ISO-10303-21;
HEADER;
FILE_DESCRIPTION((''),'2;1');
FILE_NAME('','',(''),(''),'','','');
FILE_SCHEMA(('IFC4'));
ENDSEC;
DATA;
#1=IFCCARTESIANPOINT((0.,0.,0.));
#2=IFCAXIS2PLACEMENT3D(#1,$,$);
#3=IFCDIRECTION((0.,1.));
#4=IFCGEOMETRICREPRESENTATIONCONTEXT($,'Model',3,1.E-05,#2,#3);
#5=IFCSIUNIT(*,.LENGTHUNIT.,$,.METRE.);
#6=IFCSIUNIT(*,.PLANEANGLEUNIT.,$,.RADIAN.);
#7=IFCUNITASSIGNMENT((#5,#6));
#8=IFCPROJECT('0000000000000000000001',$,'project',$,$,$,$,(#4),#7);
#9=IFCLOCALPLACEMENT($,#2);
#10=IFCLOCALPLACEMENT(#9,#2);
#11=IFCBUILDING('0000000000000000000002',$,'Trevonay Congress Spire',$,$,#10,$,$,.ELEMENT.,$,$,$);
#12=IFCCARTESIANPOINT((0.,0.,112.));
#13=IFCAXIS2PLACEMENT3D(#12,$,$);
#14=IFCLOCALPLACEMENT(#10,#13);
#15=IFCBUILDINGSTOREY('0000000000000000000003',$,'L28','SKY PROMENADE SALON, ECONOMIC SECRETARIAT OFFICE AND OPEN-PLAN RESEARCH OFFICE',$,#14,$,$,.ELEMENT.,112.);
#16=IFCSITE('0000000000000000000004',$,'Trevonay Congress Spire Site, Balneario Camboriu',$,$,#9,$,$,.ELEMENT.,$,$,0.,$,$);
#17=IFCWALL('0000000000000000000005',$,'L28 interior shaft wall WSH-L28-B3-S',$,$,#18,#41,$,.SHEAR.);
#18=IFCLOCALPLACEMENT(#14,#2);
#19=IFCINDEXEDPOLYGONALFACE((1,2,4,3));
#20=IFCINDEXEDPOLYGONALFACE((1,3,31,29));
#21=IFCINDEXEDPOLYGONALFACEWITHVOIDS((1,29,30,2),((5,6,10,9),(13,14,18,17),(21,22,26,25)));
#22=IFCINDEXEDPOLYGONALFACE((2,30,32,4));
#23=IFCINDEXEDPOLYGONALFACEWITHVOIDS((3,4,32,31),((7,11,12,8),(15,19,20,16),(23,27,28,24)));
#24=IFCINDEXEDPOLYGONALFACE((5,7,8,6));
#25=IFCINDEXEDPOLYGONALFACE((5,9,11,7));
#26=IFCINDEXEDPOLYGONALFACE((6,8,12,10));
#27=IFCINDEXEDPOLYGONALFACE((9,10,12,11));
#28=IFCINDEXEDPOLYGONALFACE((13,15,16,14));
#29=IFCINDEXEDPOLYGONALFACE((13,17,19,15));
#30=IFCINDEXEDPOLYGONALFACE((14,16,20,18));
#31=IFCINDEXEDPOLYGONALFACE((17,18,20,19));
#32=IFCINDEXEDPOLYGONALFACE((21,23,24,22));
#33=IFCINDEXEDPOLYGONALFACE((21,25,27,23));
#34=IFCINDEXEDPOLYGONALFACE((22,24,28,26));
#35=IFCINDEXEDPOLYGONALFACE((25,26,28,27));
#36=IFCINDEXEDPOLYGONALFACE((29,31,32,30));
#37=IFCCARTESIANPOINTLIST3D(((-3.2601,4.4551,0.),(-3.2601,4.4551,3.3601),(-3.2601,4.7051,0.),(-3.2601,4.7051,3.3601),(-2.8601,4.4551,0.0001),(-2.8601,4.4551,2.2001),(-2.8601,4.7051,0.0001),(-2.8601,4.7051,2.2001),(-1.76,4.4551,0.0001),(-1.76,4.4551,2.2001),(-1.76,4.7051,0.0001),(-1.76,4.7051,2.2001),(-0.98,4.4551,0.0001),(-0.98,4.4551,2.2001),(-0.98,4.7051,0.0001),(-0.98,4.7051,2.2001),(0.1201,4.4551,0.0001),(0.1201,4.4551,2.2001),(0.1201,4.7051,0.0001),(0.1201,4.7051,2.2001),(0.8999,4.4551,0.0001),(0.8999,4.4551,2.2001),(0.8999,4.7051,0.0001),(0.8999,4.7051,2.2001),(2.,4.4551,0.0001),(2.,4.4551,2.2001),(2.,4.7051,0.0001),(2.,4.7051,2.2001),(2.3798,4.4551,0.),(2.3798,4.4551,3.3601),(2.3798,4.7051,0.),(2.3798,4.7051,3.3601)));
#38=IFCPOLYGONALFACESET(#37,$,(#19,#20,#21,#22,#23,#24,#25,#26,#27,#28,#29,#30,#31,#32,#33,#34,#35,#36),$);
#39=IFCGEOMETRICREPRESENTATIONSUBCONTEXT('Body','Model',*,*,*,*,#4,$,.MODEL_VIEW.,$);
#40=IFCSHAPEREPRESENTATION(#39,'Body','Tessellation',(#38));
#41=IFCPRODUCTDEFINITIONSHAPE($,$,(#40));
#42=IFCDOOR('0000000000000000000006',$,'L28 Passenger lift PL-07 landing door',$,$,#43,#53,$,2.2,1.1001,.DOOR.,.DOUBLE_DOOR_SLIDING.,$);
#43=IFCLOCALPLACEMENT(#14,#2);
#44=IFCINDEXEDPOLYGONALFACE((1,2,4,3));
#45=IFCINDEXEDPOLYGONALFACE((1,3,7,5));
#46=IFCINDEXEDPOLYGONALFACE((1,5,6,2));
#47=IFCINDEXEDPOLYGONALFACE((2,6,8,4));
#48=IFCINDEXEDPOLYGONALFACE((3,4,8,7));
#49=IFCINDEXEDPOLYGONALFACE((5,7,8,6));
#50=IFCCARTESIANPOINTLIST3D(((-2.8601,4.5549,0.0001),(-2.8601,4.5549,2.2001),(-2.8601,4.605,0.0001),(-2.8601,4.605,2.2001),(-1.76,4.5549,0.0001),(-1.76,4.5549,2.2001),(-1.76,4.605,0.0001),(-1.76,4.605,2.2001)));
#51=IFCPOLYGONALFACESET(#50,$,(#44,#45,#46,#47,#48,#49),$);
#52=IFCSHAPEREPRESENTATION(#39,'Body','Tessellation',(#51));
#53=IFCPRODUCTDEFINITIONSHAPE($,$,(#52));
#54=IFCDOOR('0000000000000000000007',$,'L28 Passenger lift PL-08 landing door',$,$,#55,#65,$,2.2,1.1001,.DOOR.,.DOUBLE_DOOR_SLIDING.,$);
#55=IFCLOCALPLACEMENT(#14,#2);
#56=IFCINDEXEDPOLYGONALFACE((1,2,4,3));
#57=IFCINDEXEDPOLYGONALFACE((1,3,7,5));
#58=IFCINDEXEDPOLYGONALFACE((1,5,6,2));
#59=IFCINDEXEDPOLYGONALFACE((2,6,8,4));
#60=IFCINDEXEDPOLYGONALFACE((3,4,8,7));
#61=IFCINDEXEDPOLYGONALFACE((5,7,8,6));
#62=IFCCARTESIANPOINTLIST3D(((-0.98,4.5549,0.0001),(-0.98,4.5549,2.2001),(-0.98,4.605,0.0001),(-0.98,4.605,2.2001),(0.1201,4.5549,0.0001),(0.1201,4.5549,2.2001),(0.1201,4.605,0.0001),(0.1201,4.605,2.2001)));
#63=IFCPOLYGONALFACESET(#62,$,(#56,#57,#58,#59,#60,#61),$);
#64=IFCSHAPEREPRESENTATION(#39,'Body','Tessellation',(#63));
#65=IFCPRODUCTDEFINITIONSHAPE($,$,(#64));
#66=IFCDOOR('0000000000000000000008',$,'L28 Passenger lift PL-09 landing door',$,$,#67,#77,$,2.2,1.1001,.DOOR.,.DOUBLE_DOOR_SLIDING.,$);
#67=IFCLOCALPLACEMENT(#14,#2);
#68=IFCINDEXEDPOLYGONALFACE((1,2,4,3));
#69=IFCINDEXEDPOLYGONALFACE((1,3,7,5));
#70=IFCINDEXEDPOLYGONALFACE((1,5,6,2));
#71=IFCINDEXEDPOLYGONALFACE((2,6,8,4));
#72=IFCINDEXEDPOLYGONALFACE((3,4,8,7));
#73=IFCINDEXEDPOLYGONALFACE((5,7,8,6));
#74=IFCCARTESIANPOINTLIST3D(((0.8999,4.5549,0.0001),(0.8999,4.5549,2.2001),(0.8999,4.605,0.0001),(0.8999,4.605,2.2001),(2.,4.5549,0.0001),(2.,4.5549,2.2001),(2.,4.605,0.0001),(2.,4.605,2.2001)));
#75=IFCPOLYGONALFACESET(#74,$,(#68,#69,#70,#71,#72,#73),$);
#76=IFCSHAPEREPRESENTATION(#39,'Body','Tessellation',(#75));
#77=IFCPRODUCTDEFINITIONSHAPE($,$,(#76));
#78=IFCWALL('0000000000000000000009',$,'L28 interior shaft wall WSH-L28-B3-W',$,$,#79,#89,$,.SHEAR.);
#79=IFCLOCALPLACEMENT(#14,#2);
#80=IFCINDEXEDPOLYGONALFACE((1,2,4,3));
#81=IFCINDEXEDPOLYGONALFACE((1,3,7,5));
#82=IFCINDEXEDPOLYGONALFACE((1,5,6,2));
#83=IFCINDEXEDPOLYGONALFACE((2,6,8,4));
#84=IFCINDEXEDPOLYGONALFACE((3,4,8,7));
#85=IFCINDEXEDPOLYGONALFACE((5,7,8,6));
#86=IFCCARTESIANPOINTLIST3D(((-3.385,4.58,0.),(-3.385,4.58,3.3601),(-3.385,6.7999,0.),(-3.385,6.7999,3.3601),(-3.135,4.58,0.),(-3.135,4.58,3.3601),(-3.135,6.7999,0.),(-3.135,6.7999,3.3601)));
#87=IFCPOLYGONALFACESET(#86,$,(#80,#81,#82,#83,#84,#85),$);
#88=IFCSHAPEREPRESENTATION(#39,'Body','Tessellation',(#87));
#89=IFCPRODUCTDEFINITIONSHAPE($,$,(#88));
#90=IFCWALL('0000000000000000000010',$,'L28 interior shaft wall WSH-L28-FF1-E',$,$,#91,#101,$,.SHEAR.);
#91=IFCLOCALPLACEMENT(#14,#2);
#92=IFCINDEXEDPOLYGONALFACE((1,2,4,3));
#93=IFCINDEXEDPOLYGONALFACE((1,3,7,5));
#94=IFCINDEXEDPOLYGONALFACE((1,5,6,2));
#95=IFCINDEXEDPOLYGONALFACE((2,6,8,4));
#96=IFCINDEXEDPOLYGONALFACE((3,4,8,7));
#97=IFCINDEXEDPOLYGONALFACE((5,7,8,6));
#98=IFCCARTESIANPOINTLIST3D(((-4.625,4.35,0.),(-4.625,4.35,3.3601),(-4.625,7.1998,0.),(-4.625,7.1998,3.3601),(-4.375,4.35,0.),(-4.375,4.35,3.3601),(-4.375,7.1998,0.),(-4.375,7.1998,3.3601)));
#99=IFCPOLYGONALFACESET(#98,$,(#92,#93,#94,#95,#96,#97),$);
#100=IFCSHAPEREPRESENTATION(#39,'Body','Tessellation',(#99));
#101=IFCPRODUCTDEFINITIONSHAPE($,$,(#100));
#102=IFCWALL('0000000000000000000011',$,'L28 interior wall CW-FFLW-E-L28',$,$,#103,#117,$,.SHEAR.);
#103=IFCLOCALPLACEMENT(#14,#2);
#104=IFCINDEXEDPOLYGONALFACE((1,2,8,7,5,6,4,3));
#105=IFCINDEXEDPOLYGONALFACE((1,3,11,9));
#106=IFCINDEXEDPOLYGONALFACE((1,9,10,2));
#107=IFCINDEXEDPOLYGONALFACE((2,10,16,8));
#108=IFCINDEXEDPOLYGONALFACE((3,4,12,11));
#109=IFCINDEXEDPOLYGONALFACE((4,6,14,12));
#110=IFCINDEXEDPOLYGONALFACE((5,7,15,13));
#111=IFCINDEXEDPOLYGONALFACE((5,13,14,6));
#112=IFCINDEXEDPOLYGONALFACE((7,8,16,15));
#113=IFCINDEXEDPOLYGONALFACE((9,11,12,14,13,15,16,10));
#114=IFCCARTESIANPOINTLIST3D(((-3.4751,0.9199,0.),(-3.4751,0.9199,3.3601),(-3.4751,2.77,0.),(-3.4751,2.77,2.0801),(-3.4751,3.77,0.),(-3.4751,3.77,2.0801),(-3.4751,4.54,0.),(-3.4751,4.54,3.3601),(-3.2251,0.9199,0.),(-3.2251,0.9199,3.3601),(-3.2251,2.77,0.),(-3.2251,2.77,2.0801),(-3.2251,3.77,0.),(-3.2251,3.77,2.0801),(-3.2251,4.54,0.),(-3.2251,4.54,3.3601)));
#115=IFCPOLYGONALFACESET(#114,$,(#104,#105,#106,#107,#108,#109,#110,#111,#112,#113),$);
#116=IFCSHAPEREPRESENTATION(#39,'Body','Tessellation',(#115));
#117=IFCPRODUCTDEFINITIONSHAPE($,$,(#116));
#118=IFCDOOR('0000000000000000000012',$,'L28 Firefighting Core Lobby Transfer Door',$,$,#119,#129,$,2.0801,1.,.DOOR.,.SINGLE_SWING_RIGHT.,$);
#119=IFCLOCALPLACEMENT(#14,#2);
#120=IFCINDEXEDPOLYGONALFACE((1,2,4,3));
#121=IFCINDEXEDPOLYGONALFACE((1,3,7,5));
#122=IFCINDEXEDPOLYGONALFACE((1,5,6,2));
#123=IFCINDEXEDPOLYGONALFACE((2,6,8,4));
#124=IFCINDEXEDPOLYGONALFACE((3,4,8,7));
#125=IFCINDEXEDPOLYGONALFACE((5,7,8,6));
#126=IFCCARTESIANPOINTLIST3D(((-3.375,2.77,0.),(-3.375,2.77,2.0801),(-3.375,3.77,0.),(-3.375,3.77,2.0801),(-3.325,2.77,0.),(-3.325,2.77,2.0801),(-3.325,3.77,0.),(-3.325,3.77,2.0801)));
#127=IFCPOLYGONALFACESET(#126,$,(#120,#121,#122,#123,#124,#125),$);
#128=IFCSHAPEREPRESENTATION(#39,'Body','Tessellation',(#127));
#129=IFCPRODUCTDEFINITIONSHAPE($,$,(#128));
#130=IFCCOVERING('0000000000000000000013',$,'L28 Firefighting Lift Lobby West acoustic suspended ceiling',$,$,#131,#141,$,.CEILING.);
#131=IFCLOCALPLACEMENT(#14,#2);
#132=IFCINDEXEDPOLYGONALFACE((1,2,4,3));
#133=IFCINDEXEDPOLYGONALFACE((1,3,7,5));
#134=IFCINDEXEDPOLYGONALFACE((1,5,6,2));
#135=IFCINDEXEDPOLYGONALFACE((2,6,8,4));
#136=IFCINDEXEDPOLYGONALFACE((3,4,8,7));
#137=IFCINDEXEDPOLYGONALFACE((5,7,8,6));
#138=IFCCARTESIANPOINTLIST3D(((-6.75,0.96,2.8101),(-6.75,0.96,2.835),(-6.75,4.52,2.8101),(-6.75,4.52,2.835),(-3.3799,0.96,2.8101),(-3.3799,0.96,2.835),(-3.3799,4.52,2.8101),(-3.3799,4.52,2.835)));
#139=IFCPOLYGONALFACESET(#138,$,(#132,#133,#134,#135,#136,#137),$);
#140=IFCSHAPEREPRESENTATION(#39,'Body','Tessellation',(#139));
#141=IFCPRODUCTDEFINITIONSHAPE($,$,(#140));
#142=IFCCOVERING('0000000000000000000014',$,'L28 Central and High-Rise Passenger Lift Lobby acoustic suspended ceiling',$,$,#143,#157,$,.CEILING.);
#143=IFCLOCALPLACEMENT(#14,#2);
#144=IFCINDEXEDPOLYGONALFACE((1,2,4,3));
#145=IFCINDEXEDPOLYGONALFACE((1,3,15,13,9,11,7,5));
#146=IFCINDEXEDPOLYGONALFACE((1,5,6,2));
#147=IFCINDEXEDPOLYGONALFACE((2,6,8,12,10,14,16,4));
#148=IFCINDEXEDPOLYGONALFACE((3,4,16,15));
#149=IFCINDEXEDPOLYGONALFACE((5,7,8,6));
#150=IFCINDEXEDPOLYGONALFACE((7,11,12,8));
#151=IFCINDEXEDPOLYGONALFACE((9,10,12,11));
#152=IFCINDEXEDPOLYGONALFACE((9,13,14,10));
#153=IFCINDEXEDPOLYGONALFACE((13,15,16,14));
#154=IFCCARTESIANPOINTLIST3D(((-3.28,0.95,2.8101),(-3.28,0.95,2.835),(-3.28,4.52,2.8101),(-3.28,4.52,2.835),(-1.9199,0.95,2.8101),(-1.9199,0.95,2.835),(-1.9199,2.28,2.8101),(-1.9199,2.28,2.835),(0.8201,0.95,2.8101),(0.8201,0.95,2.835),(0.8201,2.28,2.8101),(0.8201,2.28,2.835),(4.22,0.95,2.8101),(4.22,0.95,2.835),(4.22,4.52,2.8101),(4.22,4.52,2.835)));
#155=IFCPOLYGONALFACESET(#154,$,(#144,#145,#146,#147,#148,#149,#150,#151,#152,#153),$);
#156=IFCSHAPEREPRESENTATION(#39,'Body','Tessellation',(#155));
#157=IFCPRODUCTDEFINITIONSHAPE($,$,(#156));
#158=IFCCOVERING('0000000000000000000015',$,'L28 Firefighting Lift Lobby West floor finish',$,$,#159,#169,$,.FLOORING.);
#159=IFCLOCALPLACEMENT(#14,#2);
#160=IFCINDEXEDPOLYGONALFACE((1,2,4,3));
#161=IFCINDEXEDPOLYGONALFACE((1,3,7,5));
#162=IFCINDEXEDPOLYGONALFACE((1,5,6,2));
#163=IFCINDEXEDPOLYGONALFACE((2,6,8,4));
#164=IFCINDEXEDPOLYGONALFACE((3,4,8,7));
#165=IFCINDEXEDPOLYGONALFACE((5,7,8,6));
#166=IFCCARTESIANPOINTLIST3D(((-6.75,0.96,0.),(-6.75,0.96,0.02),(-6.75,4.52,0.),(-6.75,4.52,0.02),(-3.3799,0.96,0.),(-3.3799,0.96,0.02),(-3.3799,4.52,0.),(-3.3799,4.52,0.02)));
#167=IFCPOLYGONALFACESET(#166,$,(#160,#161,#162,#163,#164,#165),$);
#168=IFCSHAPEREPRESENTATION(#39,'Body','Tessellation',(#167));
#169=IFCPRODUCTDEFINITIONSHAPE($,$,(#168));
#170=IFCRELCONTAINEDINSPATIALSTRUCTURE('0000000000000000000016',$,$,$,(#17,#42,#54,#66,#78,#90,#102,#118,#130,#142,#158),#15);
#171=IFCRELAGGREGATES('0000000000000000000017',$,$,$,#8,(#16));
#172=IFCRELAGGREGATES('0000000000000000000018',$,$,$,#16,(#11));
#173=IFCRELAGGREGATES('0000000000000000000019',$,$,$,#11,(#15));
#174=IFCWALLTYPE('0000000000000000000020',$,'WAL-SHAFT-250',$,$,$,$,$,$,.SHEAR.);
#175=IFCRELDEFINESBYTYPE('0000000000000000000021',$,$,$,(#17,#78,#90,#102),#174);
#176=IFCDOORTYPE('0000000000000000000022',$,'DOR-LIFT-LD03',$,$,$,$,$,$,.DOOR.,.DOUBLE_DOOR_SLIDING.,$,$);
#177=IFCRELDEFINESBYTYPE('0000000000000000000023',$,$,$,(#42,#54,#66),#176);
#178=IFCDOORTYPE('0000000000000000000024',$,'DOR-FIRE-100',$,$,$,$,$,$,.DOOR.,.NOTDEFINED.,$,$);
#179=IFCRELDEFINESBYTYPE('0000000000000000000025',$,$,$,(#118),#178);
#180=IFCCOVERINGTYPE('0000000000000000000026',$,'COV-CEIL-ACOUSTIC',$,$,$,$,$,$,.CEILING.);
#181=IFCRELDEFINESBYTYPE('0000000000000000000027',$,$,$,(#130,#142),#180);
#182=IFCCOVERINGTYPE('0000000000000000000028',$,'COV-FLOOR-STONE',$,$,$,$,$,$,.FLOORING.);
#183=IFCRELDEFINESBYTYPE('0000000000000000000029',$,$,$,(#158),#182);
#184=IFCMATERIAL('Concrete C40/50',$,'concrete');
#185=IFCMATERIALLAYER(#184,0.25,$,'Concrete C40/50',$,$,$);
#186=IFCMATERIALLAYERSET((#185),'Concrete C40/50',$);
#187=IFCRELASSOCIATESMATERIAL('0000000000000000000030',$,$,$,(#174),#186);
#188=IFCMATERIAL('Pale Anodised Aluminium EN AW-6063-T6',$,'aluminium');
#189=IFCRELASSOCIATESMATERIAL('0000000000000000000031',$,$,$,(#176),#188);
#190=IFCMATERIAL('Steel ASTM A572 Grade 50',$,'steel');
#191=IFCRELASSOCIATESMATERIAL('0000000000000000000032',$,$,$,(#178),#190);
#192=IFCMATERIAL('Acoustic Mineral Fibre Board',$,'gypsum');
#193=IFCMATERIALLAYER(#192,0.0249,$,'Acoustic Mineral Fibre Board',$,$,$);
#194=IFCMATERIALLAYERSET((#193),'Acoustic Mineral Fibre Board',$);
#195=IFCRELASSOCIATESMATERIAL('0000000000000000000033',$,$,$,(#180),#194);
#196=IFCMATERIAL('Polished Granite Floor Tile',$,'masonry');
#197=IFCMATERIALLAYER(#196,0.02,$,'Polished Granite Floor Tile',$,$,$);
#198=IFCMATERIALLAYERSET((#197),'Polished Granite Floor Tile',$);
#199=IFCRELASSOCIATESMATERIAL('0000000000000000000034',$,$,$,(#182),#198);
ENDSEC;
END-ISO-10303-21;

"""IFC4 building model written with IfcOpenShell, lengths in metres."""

from ifc_helpers import new_model, si_unit, direction, frame, frame_2d, origin, place, context, subcontext, project, spatial, polyline, rectangle, outline, extrude, material, layer, layer_set, type_object, element, fill, save


model = new_model("IFC4")

# Units and contexts
model_context = context("Model", 3, precision=1e-05, world=origin(), true_north=direction((0.0, 1.0)))
body_context = subcontext(model_context, "Body", "Model", "MODEL_VIEW")
ifc_project = project(units=[si_unit("LENGTHUNIT", "METRE"), si_unit("PLANEANGLEUNIT", "RADIAN")], contexts=[model_context])

# Site, building, storey
site_placement = place(None, origin())
site = spatial("IfcSite", under=ifc_project, at=site_placement, Name="Trevonay Congress Spire Site, Balneario Camboriu", CompositionType="ELEMENT", RefElevation=0.0)
building_placement = place(site_placement, origin())
building = spatial("IfcBuilding", under=site, at=building_placement, Name="Trevonay Congress Spire", CompositionType="ELEMENT")
storey_placement = place(building_placement, frame((0.0, 0.0, 112.0)))
storey = spatial("IfcBuildingStorey", under=building, at=storey_placement, Name="L28", Description="SKY PROMENADE SALON, ECONOMIC SECRETARIAT OFFICE AND OPEN-PLAN RESEARCH OFFICE", CompositionType="ELEMENT", Elevation=112.0)

# Shared definitions
ifc_material_1 = material(Name="Concrete C40/50", Category="concrete")

# Wall, openings, doors
ifc_layer_1 = layer(ifc_material_1, 0.25, Name="Concrete C40/50")
ifc_layer_set_1 = layer_set([ifc_layer_1], Name="Concrete C40/50")
wall_type_1 = type_object("IfcWallType", Name="WAL-SHAFT-250", PredefinedType="SHEAR", material=ifc_layer_set_1)
ifc_material_2 = material(Name="Pale Anodised Aluminium EN AW-6063-T6", Category="aluminium")
wall_1_placement = place(storey_placement, frame((-3.26, 4.5801, 0.0), z_axis=(0.0, 0.0, 1.0), x_axis=(1.0, 0.0, 0.0)))
wall_1 = element("IfcWall", 1, at=wall_1_placement, inside=storey, type_object=wall_type_1, Name="L28 interior shaft wall WSH-L28-B3-S", PredefinedType="SHEAR", context=body_context, shape_type="SweptSolid", body=[
    extrude(rectangle(XDim=5.6399, YDim=0.25, at=frame_2d((2.8198, 0.0))), origin(), (0.0, 0.0, 1.0), 3.3601),
])
opening_1_placement = place(wall_1_placement, frame((0.3999, 0.0, 0.0)))
opening_1 = element("IfcOpeningElement", 2, at=opening_1_placement, cuts=wall_1, PredefinedType="OPENING", context=body_context, shape_type="SweptSolid", body=[
    extrude(rectangle(XDim=1.1001, YDim=2.2, at=frame_2d((0.55, 1.1001))), frame((0.0, 0.135, 0.0), z_axis=(0.0, -1.0, 0.0), x_axis=(1.0, 0.0, 0.0)), (0.0, 0.0, 1.0), 0.27),
])
opening_2_placement = place(wall_1_placement, frame((2.28, 0.0, 0.0)))
opening_2 = element("IfcOpeningElement", 3, at=opening_2_placement, cuts=wall_1, PredefinedType="OPENING", context=body_context, shape_type="SweptSolid", body=[
    extrude(rectangle(XDim=1.1001, YDim=2.2, at=frame_2d((0.55, 1.1001))), frame((0.0, 0.135, 0.0), z_axis=(0.0, -1.0, 0.0), x_axis=(1.0, 0.0, 0.0)), (0.0, 0.0, 1.0), 0.27),
])
opening_3_placement = place(wall_1_placement, frame((4.1599, 0.0, 0.0)))
opening_3 = element("IfcOpeningElement", 4, at=opening_3_placement, cuts=wall_1, PredefinedType="OPENING", context=body_context, shape_type="SweptSolid", body=[
    extrude(rectangle(XDim=1.1001, YDim=2.2, at=frame_2d((0.55, 1.1001))), frame((0.0, 0.135, 0.0), z_axis=(0.0, -1.0, 0.0), x_axis=(1.0, 0.0, 0.0)), (0.0, 0.0, 1.0), 0.27),
])
door_type_1 = type_object("IfcDoorType", Name="DOR-LIFT-LD03", OperationType="DOUBLE_DOOR_SLIDING", PredefinedType="DOOR", material=ifc_material_2)
door_1_placement = place(opening_1_placement, origin())
door_1 = element("IfcDoor", 5, at=door_1_placement, inside=storey, type_object=door_type_1, Name="L28 Passenger lift PL-07 landing door", OperationType="DOUBLE_DOOR_SLIDING", OverallHeight=2.2, OverallWidth=1.1001, PredefinedType="DOOR", context=body_context, shape_type="SweptSolid", body=[
    extrude(rectangle(XDim=1.1001, YDim=2.2, at=frame_2d((0.55, 1.1001))), frame((0.0, 0.0249, 0.0), z_axis=(0.0, -1.0, 0.0), x_axis=(1.0, 0.0, 0.0)), (0.0, 0.0, 1.0), 0.05),
])
fill(opening_1, door_1)
door_2_placement = place(opening_2_placement, origin())
door_2 = element("IfcDoor", 6, at=door_2_placement, inside=storey, type_object=door_type_1, Name="L28 Passenger lift PL-08 landing door", OperationType="DOUBLE_DOOR_SLIDING", OverallHeight=2.2, OverallWidth=1.1001, PredefinedType="DOOR", context=body_context, shape_type="SweptSolid", body=[
    extrude(rectangle(XDim=1.1001, YDim=2.2, at=frame_2d((0.55, 1.1001))), frame((0.0, 0.0249, 0.0), z_axis=(0.0, -1.0, 0.0), x_axis=(1.0, 0.0, 0.0)), (0.0, 0.0, 1.0), 0.05),
])
fill(opening_2, door_2)
door_3_placement = place(opening_3_placement, origin())
door_3 = element("IfcDoor", 7, at=door_3_placement, inside=storey, type_object=door_type_1, Name="L28 Passenger lift PL-09 landing door", OperationType="DOUBLE_DOOR_SLIDING", OverallHeight=2.2, OverallWidth=1.1001, PredefinedType="DOOR", context=body_context, shape_type="SweptSolid", body=[
    extrude(rectangle(XDim=1.1001, YDim=2.2, at=frame_2d((0.55, 1.1001))), frame((0.0, 0.0249, 0.0), z_axis=(0.0, -1.0, 0.0), x_axis=(1.0, 0.0, 0.0)), (0.0, 0.0, 1.0), 0.05),
])
fill(opening_3, door_3)

# Walls
wall_2_placement = place(storey_placement, frame((-3.26, 4.5801, 0.0), z_axis=(0.0, 0.0, 1.0), x_axis=(0.0, 1.0, 0.0)))
element("IfcWall", 8, at=wall_2_placement, inside=storey, type_object=wall_type_1, Name="L28 interior shaft wall WSH-L28-B3-W", PredefinedType="SHEAR", context=body_context, shape_type="SweptSolid", body=[
    extrude(rectangle(XDim=2.22, YDim=0.25, at=frame_2d((1.1099, 0.0))), origin(), (0.0, 0.0, 1.0), 3.3601),
])
wall_3_placement = place(storey_placement, frame((-4.5, 4.3501, 0.0), z_axis=(0.0, 0.0, 1.0), x_axis=(0.0, 1.0, 0.0)))
element("IfcWall", 9, at=wall_3_placement, inside=storey, type_object=wall_type_1, Name="L28 interior shaft wall WSH-L28-FF1-E", PredefinedType="SHEAR", context=body_context, shape_type="SweptSolid", body=[
    extrude(rectangle(XDim=2.8499, YDim=0.25, at=frame_2d((1.4248, 0.0))), origin(), (0.0, 0.0, 1.0), 3.3601),
])

# Wall, opening, door
wall_4_placement = place(storey_placement, frame((-3.3501, 0.9199, 0.0), z_axis=(0.0, 0.0, 1.0), x_axis=(0.0, 1.0, 0.0)))
wall_4 = element("IfcWall", 10, at=wall_4_placement, inside=storey, type_object=wall_type_1, Name="L28 interior wall CW-FFLW-E-L28", PredefinedType="SHEAR", context=body_context, shape_type="SweptSolid", body=[
    extrude(rectangle(XDim=3.6201, YDim=0.25, at=frame_2d((1.8101, 0.0))), origin(), (0.0, 0.0, 1.0), 3.3601),
])
opening_4_placement = place(wall_4_placement, frame((1.8501, 0.0, 0.0)))
opening_4 = element("IfcOpeningElement", 11, at=opening_4_placement, cuts=wall_4, PredefinedType="OPENING", context=body_context, shape_type="SweptSolid", body=[
    extrude(rectangle(XDim=1.0, YDim=2.0801, at=frame_2d((0.5, 1.04))), frame((0.0, 0.135, 0.0), z_axis=(0.0, -1.0, 0.0), x_axis=(1.0, 0.0, 0.0)), (0.0, 0.0, 1.0), 0.27),
])
ifc_material_3 = material(Name="Steel ASTM A572 Grade 50", Category="steel")
door_type_2 = type_object("IfcDoorType", Name="DOR-FIRE-100", OperationType="NOTDEFINED", PredefinedType="DOOR", material=ifc_material_3)
door_4_placement = place(opening_4_placement, origin())
door_4 = element("IfcDoor", 12, at=door_4_placement, inside=storey, type_object=door_type_2, Name="L28 Firefighting Core Lobby Transfer Door", OperationType="SINGLE_SWING_RIGHT", OverallHeight=2.0801, OverallWidth=1.0, PredefinedType="DOOR", context=body_context, shape_type="SweptSolid", body=[
    extrude(rectangle(XDim=1.0, YDim=2.0801, at=frame_2d((0.5, 1.04))), frame((0.0, 0.0249, 0.0), z_axis=(0.0, -1.0, 0.0), x_axis=(1.0, 0.0, 0.0)), (0.0, 0.0, 1.0), 0.05),
])
fill(opening_4, door_4)

# Coverings
ifc_material_4 = material(Name="Acoustic Mineral Fibre Board", Category="gypsum")
ifc_layer_2 = layer(ifc_material_4, 0.0249, Name="Acoustic Mineral Fibre Board")
ifc_layer_set_2 = layer_set([ifc_layer_2], Name="Acoustic Mineral Fibre Board")
covering_type_1 = type_object("IfcCoveringType", Name="COV-CEIL-ACOUSTIC", PredefinedType="CEILING", material=ifc_layer_set_2)
covering_1_placement = place(storey_placement, frame((0.0, 0.0, 2.8101)))
element("IfcCovering", 13, at=covering_1_placement, inside=storey, type_object=covering_type_1, Name="L28 Firefighting Lift Lobby West acoustic suspended ceiling", PredefinedType="CEILING", context=body_context, shape_type="SweptSolid", body=[
    extrude(outline(polyline([(-6.75, 0.96), (-3.3799, 0.96), (-3.3799, 4.52), (-6.75, 4.52), (-6.75, 0.96)])), origin(), (0.0, 0.0, 1.0), 0.0249),
])
covering_2_placement = place(storey_placement, frame((0.0, 0.0, 2.8101)))
element("IfcCovering", 14, at=covering_2_placement, inside=storey, type_object=covering_type_1, Name="L28 Central and High-Rise Passenger Lift Lobby acoustic suspended ceiling", PredefinedType="CEILING", context=body_context, shape_type="SweptSolid", body=[
    extrude(outline(polyline([(-3.28, 0.95), (-1.9199, 0.95), (-1.9199, 2.28), (0.8201, 2.28), (0.8201, 0.95), (4.22, 0.95), (4.22, 4.52), (-3.28, 4.52), (-3.28, 0.95)])), origin(), (0.0, 0.0, 1.0), 0.0249),
])
ifc_material_5 = material(Name="Polished Granite Floor Tile", Category="masonry")
ifc_layer_3 = layer(ifc_material_5, 0.02, Name="Polished Granite Floor Tile")
ifc_layer_set_3 = layer_set([ifc_layer_3], Name="Polished Granite Floor Tile")
covering_type_2 = type_object("IfcCoveringType", Name="COV-FLOOR-STONE", PredefinedType="FLOORING", material=ifc_layer_set_3)
covering_3_placement = place(storey_placement, origin())
element("IfcCovering", 15, at=covering_3_placement, inside=storey, type_object=covering_type_2, Name="L28 Firefighting Lift Lobby West floor finish", PredefinedType="FLOORING", context=body_context, shape_type="SweptSolid", body=[
    extrude(outline(polyline([(-6.75, 0.96), (-3.3799, 0.96), (-3.3799, 4.52), (-6.75, 4.52), (-6.75, 0.96)])), origin(), (0.0, 0.0, 1.0), 0.02),
])

save(model, "model.ifc")
